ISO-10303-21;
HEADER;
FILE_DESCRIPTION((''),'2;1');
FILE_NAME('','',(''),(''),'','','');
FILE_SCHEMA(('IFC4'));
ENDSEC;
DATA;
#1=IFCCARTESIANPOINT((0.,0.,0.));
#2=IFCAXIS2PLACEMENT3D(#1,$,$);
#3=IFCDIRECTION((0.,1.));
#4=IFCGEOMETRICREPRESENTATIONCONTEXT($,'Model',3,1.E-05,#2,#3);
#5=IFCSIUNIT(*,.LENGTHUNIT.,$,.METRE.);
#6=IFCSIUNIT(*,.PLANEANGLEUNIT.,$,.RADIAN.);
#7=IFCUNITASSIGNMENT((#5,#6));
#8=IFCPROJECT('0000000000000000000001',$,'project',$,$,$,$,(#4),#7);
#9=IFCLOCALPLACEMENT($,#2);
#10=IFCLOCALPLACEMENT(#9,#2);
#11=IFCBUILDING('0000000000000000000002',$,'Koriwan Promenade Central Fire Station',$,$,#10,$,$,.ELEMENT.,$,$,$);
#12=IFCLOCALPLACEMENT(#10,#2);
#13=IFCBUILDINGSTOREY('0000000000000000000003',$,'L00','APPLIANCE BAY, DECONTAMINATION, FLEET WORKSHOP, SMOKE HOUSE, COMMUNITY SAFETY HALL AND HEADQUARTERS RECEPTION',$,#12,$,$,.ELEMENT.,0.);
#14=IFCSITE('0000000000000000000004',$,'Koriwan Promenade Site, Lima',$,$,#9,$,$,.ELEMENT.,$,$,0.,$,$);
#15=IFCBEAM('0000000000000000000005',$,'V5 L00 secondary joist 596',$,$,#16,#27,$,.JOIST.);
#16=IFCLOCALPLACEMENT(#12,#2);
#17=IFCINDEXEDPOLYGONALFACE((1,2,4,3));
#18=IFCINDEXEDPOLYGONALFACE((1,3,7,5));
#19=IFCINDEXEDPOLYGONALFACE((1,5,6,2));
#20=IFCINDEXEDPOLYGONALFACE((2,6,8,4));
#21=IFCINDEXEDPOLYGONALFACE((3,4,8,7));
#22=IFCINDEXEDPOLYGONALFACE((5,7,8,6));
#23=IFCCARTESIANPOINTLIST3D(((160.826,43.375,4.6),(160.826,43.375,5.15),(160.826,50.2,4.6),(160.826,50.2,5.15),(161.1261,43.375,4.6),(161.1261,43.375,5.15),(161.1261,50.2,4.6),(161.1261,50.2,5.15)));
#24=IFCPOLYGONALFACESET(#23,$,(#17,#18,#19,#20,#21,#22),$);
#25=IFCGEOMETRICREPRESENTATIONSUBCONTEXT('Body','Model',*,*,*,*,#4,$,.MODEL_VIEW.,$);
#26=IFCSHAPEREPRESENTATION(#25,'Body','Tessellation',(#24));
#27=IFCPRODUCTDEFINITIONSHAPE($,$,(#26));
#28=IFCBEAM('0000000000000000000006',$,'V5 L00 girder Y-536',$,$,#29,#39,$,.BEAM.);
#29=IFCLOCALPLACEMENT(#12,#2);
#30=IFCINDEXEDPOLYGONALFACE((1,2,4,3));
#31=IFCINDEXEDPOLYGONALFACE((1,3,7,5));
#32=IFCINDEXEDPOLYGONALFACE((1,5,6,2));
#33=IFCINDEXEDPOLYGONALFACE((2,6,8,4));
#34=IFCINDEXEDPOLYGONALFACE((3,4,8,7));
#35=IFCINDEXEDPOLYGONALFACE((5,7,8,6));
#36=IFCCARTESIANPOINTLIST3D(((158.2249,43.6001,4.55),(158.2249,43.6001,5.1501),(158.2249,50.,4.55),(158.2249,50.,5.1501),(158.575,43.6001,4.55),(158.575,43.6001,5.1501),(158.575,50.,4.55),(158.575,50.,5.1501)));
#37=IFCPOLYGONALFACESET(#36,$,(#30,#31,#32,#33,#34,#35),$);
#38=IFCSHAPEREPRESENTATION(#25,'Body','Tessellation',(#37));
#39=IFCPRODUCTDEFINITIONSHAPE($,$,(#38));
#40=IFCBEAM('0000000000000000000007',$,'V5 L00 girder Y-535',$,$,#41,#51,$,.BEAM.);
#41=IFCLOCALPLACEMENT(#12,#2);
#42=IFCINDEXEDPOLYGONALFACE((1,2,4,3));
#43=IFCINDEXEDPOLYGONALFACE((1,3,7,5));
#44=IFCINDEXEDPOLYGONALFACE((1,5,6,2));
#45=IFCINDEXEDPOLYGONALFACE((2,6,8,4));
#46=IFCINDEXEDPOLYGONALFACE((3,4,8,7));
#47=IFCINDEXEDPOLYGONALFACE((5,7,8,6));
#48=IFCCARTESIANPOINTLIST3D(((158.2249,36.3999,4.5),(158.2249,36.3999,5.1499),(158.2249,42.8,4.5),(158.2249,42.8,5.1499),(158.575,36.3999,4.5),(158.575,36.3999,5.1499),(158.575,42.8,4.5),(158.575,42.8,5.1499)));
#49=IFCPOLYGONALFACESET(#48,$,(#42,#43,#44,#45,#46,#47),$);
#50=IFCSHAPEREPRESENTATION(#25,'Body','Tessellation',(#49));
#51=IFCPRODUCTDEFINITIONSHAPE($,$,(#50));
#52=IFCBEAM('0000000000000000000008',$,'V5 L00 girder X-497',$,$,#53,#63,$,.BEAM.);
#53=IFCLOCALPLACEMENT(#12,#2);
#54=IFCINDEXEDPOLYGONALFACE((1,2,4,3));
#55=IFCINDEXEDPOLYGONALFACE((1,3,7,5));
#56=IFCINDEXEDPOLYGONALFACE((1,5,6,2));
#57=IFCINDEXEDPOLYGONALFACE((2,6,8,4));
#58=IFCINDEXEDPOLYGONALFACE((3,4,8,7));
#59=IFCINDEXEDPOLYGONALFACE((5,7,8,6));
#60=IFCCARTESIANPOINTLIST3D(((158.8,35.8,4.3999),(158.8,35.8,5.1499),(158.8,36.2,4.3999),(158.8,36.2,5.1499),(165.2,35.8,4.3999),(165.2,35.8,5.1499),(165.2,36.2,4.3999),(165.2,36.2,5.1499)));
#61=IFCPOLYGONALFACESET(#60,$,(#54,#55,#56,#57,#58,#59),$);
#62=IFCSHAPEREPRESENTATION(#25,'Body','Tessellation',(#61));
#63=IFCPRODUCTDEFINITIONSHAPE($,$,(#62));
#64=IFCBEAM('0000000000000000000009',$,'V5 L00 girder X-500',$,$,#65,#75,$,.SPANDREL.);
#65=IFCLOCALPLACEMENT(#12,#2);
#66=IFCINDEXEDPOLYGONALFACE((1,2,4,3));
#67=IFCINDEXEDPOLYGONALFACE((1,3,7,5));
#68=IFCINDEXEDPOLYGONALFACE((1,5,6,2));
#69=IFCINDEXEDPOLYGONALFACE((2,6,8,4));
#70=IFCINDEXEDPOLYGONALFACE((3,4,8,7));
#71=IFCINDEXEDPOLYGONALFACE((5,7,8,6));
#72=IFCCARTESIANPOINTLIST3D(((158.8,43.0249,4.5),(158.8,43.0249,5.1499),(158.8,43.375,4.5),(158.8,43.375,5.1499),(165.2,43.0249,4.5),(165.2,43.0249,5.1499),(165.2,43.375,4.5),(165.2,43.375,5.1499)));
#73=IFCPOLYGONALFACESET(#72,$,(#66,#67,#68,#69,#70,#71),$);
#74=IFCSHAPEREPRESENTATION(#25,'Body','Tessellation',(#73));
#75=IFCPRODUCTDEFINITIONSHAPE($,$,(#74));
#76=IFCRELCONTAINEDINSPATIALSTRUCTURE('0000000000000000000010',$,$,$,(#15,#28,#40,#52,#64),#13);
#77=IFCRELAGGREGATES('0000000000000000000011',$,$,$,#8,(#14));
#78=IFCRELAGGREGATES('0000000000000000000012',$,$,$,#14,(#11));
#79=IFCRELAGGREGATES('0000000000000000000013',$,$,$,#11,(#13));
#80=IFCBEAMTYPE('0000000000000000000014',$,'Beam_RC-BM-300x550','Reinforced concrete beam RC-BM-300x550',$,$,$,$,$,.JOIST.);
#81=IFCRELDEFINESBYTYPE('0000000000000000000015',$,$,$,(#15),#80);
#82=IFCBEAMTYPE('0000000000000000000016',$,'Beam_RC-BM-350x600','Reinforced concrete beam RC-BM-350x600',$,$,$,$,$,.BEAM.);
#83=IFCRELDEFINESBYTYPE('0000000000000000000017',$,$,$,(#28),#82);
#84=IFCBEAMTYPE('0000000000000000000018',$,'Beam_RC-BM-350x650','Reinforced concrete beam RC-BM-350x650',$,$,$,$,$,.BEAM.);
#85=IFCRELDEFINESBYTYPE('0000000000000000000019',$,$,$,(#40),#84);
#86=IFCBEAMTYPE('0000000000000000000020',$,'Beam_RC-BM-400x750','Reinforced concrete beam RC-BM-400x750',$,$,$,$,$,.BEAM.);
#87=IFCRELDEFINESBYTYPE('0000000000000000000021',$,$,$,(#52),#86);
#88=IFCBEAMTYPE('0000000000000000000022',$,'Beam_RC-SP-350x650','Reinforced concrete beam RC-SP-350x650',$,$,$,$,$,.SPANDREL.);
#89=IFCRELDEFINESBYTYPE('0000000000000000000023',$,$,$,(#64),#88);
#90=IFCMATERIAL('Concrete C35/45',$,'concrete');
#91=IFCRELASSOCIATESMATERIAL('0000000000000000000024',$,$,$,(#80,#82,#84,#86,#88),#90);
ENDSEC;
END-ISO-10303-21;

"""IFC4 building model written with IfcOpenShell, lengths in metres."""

from ifc_helpers import new_model, si_unit, direction, frame, origin, origin_2d, place, context, subcontext, project, spatial, rectangle, extrude, material, material_profile, profile_set, type_object, element, save


model = new_model("IFC4")

# Units and contexts
model_context = context("Model", 3, precision=1e-05, world=origin(), true_north=direction((0.0, 1.0)))
body_context = subcontext(model_context, "Body", "Model", "MODEL_VIEW")
ifc_project = project(units=[si_unit("LENGTHUNIT", "METRE"), si_unit("PLANEANGLEUNIT", "RADIAN")], contexts=[model_context])

# Site, building, storey
site_placement = place(None, origin())
site = spatial("IfcSite", under=ifc_project, at=site_placement, Name="Koriwan Promenade Site, Lima", CompositionType="ELEMENT", RefElevation=0.0)
building_placement = place(site_placement, origin())
building = spatial("IfcBuilding", under=site, at=building_placement, Name="Koriwan Promenade Central Fire Station", CompositionType="ELEMENT")
storey_placement = place(building_placement, origin())
storey = spatial("IfcBuildingStorey", under=building, at=storey_placement, Name="L00", Description="APPLIANCE BAY, DECONTAMINATION, FLEET WORKSHOP, SMOKE HOUSE, COMMUNITY SAFETY HALL AND HEADQUARTERS RECEPTION", CompositionType="ELEMENT", Elevation=0.0)

# Shared definitions
ifc_material_1 = material(Name="Concrete C35/45", Category="concrete")

# Beams
ifc_material_profile_1 = material_profile(ifc_material_1, rectangle(XDim=0.3, YDim=0.55, at=origin_2d()), Name="RC-BM-300x550")
ifc_profile_set_1 = profile_set([ifc_material_profile_1], Name="Concrete C35/45")
beam_type_1 = type_object("IfcBeamType", Name="Beam_RC-BM-300x550", Description="Reinforced concrete beam RC-BM-300x550", PredefinedType="JOIST", material=ifc_profile_set_1)
for number, where, z_axis, x_axis, name in (
    (1, (160.9761, 43.375, 4.875), (0.0, 1.0, 0.0), (-1.0, 0.0, 0.0), "V5 L00 secondary joist 596"),
):
    element("IfcBeam", number, at=place(storey_placement, frame(where, z_axis=z_axis, x_axis=x_axis)), inside=storey, type_object=beam_type_1, Name=name, PredefinedType="JOIST", context=body_context, shape_type="SweptSolid", body=[
        extrude(rectangle(XDim=0.3, YDim=0.55, at=origin_2d()), origin(), (0.0, 0.0, 1.0), 6.825),
    ])
ifc_material_profile_2 = material_profile(ifc_material_1, rectangle(XDim=0.3501, YDim=0.6001, at=origin_2d()), Name="RC-BM-350x600")
ifc_profile_set_2 = profile_set([ifc_material_profile_2], Name="Concrete C35/45")
beam_type_2 = type_object("IfcBeamType", Name="Beam_RC-BM-350x600", Description="Reinforced concrete beam RC-BM-350x600", PredefinedType="BEAM", material=ifc_profile_set_2)
beam_1_placement = place(storey_placement, frame((158.3999, 43.6001, 4.8501), z_axis=(0.0, 1.0, 0.0), x_axis=(-1.0, 0.0, 0.0)))
element("IfcBeam", 2, at=beam_1_placement, inside=storey, type_object=beam_type_2, Name="V5 L00 girder Y-536", PredefinedType="BEAM", context=body_context, shape_type="SweptSolid", body=[
    extrude(rectangle(XDim=0.3501, YDim=0.6001, at=origin_2d()), origin(), (0.0, 0.0, 1.0), 6.3999),
])
ifc_material_profile_3 = material_profile(ifc_material_1, rectangle(XDim=0.3501, YDim=0.6499, at=origin_2d()), Name="RC-BM-350x650")
ifc_profile_set_3 = profile_set([ifc_material_profile_3], Name="Concrete C35/45")
beam_type_3 = type_object("IfcBeamType", Name="Beam_RC-BM-350x650", Description="Reinforced concrete beam RC-BM-350x650", PredefinedType="BEAM", material=ifc_profile_set_3)
beam_2_placement = place(storey_placement, frame((158.3999, 36.3999, 4.825), z_axis=(0.0, 1.0, 0.0), x_axis=(-1.0, 0.0, 0.0)))
element("IfcBeam", 3, at=beam_2_placement, inside=storey, type_object=beam_type_3, Name="V5 L00 girder Y-535", PredefinedType="BEAM", context=body_context, shape_type="SweptSolid", body=[
    extrude(rectangle(XDim=0.3501, YDim=0.6499, at=origin_2d()), origin(), (0.0, 0.0, 1.0), 6.4001),
])
ifc_material_profile_4 = material_profile(ifc_material_1, rectangle(XDim=0.3999, YDim=0.75, at=origin_2d()), Name="RC-BM-400x750")
ifc_profile_set_4 = profile_set([ifc_material_profile_4], Name="Concrete C35/45")
beam_type_4 = type_object("IfcBeamType", Name="Beam_RC-BM-400x750", Description="Reinforced concrete beam RC-BM-400x750", PredefinedType="BEAM", material=ifc_profile_set_4)
beam_3_placement = place(storey_placement, frame((158.8, 36.0, 4.7749), z_axis=(1.0, 0.0, 0.0), x_axis=(0.0, 1.0, 0.0)))
element("IfcBeam", 4, at=beam_3_placement, inside=storey, type_object=beam_type_4, Name="V5 L00 girder X-497", PredefinedType="BEAM", context=body_context, shape_type="SweptSolid", body=[
    extrude(rectangle(XDim=0.3999, YDim=0.75, at=origin_2d()), origin(), (0.0, 0.0, 1.0), 6.3999),
])
ifc_material_profile_5 = material_profile(ifc_material_1, rectangle(XDim=0.3501, YDim=0.6499, at=origin_2d()), Name="RC-SP-350x650")
ifc_profile_set_5 = profile_set([ifc_material_profile_5], Name="Concrete C35/45")
beam_type_5 = type_object("IfcBeamType", Name="Beam_RC-SP-350x650", Description="Reinforced concrete beam RC-SP-350x650", PredefinedType="SPANDREL", material=ifc_profile_set_5)
beam_4_placement = place(storey_placement, frame((158.8, 43.2, 4.825), z_axis=(1.0, 0.0, 0.0), x_axis=(0.0, 1.0, 0.0)))
element("IfcBeam", 5, at=beam_4_placement, inside=storey, type_object=beam_type_5, Name="V5 L00 girder X-500", PredefinedType="SPANDREL", context=body_context, shape_type="SweptSolid", body=[
    extrude(rectangle(XDim=0.3501, YDim=0.6499, at=origin_2d()), origin(), (0.0, 0.0, 1.0), 6.3999),
])

save(model, "model.ifc")
